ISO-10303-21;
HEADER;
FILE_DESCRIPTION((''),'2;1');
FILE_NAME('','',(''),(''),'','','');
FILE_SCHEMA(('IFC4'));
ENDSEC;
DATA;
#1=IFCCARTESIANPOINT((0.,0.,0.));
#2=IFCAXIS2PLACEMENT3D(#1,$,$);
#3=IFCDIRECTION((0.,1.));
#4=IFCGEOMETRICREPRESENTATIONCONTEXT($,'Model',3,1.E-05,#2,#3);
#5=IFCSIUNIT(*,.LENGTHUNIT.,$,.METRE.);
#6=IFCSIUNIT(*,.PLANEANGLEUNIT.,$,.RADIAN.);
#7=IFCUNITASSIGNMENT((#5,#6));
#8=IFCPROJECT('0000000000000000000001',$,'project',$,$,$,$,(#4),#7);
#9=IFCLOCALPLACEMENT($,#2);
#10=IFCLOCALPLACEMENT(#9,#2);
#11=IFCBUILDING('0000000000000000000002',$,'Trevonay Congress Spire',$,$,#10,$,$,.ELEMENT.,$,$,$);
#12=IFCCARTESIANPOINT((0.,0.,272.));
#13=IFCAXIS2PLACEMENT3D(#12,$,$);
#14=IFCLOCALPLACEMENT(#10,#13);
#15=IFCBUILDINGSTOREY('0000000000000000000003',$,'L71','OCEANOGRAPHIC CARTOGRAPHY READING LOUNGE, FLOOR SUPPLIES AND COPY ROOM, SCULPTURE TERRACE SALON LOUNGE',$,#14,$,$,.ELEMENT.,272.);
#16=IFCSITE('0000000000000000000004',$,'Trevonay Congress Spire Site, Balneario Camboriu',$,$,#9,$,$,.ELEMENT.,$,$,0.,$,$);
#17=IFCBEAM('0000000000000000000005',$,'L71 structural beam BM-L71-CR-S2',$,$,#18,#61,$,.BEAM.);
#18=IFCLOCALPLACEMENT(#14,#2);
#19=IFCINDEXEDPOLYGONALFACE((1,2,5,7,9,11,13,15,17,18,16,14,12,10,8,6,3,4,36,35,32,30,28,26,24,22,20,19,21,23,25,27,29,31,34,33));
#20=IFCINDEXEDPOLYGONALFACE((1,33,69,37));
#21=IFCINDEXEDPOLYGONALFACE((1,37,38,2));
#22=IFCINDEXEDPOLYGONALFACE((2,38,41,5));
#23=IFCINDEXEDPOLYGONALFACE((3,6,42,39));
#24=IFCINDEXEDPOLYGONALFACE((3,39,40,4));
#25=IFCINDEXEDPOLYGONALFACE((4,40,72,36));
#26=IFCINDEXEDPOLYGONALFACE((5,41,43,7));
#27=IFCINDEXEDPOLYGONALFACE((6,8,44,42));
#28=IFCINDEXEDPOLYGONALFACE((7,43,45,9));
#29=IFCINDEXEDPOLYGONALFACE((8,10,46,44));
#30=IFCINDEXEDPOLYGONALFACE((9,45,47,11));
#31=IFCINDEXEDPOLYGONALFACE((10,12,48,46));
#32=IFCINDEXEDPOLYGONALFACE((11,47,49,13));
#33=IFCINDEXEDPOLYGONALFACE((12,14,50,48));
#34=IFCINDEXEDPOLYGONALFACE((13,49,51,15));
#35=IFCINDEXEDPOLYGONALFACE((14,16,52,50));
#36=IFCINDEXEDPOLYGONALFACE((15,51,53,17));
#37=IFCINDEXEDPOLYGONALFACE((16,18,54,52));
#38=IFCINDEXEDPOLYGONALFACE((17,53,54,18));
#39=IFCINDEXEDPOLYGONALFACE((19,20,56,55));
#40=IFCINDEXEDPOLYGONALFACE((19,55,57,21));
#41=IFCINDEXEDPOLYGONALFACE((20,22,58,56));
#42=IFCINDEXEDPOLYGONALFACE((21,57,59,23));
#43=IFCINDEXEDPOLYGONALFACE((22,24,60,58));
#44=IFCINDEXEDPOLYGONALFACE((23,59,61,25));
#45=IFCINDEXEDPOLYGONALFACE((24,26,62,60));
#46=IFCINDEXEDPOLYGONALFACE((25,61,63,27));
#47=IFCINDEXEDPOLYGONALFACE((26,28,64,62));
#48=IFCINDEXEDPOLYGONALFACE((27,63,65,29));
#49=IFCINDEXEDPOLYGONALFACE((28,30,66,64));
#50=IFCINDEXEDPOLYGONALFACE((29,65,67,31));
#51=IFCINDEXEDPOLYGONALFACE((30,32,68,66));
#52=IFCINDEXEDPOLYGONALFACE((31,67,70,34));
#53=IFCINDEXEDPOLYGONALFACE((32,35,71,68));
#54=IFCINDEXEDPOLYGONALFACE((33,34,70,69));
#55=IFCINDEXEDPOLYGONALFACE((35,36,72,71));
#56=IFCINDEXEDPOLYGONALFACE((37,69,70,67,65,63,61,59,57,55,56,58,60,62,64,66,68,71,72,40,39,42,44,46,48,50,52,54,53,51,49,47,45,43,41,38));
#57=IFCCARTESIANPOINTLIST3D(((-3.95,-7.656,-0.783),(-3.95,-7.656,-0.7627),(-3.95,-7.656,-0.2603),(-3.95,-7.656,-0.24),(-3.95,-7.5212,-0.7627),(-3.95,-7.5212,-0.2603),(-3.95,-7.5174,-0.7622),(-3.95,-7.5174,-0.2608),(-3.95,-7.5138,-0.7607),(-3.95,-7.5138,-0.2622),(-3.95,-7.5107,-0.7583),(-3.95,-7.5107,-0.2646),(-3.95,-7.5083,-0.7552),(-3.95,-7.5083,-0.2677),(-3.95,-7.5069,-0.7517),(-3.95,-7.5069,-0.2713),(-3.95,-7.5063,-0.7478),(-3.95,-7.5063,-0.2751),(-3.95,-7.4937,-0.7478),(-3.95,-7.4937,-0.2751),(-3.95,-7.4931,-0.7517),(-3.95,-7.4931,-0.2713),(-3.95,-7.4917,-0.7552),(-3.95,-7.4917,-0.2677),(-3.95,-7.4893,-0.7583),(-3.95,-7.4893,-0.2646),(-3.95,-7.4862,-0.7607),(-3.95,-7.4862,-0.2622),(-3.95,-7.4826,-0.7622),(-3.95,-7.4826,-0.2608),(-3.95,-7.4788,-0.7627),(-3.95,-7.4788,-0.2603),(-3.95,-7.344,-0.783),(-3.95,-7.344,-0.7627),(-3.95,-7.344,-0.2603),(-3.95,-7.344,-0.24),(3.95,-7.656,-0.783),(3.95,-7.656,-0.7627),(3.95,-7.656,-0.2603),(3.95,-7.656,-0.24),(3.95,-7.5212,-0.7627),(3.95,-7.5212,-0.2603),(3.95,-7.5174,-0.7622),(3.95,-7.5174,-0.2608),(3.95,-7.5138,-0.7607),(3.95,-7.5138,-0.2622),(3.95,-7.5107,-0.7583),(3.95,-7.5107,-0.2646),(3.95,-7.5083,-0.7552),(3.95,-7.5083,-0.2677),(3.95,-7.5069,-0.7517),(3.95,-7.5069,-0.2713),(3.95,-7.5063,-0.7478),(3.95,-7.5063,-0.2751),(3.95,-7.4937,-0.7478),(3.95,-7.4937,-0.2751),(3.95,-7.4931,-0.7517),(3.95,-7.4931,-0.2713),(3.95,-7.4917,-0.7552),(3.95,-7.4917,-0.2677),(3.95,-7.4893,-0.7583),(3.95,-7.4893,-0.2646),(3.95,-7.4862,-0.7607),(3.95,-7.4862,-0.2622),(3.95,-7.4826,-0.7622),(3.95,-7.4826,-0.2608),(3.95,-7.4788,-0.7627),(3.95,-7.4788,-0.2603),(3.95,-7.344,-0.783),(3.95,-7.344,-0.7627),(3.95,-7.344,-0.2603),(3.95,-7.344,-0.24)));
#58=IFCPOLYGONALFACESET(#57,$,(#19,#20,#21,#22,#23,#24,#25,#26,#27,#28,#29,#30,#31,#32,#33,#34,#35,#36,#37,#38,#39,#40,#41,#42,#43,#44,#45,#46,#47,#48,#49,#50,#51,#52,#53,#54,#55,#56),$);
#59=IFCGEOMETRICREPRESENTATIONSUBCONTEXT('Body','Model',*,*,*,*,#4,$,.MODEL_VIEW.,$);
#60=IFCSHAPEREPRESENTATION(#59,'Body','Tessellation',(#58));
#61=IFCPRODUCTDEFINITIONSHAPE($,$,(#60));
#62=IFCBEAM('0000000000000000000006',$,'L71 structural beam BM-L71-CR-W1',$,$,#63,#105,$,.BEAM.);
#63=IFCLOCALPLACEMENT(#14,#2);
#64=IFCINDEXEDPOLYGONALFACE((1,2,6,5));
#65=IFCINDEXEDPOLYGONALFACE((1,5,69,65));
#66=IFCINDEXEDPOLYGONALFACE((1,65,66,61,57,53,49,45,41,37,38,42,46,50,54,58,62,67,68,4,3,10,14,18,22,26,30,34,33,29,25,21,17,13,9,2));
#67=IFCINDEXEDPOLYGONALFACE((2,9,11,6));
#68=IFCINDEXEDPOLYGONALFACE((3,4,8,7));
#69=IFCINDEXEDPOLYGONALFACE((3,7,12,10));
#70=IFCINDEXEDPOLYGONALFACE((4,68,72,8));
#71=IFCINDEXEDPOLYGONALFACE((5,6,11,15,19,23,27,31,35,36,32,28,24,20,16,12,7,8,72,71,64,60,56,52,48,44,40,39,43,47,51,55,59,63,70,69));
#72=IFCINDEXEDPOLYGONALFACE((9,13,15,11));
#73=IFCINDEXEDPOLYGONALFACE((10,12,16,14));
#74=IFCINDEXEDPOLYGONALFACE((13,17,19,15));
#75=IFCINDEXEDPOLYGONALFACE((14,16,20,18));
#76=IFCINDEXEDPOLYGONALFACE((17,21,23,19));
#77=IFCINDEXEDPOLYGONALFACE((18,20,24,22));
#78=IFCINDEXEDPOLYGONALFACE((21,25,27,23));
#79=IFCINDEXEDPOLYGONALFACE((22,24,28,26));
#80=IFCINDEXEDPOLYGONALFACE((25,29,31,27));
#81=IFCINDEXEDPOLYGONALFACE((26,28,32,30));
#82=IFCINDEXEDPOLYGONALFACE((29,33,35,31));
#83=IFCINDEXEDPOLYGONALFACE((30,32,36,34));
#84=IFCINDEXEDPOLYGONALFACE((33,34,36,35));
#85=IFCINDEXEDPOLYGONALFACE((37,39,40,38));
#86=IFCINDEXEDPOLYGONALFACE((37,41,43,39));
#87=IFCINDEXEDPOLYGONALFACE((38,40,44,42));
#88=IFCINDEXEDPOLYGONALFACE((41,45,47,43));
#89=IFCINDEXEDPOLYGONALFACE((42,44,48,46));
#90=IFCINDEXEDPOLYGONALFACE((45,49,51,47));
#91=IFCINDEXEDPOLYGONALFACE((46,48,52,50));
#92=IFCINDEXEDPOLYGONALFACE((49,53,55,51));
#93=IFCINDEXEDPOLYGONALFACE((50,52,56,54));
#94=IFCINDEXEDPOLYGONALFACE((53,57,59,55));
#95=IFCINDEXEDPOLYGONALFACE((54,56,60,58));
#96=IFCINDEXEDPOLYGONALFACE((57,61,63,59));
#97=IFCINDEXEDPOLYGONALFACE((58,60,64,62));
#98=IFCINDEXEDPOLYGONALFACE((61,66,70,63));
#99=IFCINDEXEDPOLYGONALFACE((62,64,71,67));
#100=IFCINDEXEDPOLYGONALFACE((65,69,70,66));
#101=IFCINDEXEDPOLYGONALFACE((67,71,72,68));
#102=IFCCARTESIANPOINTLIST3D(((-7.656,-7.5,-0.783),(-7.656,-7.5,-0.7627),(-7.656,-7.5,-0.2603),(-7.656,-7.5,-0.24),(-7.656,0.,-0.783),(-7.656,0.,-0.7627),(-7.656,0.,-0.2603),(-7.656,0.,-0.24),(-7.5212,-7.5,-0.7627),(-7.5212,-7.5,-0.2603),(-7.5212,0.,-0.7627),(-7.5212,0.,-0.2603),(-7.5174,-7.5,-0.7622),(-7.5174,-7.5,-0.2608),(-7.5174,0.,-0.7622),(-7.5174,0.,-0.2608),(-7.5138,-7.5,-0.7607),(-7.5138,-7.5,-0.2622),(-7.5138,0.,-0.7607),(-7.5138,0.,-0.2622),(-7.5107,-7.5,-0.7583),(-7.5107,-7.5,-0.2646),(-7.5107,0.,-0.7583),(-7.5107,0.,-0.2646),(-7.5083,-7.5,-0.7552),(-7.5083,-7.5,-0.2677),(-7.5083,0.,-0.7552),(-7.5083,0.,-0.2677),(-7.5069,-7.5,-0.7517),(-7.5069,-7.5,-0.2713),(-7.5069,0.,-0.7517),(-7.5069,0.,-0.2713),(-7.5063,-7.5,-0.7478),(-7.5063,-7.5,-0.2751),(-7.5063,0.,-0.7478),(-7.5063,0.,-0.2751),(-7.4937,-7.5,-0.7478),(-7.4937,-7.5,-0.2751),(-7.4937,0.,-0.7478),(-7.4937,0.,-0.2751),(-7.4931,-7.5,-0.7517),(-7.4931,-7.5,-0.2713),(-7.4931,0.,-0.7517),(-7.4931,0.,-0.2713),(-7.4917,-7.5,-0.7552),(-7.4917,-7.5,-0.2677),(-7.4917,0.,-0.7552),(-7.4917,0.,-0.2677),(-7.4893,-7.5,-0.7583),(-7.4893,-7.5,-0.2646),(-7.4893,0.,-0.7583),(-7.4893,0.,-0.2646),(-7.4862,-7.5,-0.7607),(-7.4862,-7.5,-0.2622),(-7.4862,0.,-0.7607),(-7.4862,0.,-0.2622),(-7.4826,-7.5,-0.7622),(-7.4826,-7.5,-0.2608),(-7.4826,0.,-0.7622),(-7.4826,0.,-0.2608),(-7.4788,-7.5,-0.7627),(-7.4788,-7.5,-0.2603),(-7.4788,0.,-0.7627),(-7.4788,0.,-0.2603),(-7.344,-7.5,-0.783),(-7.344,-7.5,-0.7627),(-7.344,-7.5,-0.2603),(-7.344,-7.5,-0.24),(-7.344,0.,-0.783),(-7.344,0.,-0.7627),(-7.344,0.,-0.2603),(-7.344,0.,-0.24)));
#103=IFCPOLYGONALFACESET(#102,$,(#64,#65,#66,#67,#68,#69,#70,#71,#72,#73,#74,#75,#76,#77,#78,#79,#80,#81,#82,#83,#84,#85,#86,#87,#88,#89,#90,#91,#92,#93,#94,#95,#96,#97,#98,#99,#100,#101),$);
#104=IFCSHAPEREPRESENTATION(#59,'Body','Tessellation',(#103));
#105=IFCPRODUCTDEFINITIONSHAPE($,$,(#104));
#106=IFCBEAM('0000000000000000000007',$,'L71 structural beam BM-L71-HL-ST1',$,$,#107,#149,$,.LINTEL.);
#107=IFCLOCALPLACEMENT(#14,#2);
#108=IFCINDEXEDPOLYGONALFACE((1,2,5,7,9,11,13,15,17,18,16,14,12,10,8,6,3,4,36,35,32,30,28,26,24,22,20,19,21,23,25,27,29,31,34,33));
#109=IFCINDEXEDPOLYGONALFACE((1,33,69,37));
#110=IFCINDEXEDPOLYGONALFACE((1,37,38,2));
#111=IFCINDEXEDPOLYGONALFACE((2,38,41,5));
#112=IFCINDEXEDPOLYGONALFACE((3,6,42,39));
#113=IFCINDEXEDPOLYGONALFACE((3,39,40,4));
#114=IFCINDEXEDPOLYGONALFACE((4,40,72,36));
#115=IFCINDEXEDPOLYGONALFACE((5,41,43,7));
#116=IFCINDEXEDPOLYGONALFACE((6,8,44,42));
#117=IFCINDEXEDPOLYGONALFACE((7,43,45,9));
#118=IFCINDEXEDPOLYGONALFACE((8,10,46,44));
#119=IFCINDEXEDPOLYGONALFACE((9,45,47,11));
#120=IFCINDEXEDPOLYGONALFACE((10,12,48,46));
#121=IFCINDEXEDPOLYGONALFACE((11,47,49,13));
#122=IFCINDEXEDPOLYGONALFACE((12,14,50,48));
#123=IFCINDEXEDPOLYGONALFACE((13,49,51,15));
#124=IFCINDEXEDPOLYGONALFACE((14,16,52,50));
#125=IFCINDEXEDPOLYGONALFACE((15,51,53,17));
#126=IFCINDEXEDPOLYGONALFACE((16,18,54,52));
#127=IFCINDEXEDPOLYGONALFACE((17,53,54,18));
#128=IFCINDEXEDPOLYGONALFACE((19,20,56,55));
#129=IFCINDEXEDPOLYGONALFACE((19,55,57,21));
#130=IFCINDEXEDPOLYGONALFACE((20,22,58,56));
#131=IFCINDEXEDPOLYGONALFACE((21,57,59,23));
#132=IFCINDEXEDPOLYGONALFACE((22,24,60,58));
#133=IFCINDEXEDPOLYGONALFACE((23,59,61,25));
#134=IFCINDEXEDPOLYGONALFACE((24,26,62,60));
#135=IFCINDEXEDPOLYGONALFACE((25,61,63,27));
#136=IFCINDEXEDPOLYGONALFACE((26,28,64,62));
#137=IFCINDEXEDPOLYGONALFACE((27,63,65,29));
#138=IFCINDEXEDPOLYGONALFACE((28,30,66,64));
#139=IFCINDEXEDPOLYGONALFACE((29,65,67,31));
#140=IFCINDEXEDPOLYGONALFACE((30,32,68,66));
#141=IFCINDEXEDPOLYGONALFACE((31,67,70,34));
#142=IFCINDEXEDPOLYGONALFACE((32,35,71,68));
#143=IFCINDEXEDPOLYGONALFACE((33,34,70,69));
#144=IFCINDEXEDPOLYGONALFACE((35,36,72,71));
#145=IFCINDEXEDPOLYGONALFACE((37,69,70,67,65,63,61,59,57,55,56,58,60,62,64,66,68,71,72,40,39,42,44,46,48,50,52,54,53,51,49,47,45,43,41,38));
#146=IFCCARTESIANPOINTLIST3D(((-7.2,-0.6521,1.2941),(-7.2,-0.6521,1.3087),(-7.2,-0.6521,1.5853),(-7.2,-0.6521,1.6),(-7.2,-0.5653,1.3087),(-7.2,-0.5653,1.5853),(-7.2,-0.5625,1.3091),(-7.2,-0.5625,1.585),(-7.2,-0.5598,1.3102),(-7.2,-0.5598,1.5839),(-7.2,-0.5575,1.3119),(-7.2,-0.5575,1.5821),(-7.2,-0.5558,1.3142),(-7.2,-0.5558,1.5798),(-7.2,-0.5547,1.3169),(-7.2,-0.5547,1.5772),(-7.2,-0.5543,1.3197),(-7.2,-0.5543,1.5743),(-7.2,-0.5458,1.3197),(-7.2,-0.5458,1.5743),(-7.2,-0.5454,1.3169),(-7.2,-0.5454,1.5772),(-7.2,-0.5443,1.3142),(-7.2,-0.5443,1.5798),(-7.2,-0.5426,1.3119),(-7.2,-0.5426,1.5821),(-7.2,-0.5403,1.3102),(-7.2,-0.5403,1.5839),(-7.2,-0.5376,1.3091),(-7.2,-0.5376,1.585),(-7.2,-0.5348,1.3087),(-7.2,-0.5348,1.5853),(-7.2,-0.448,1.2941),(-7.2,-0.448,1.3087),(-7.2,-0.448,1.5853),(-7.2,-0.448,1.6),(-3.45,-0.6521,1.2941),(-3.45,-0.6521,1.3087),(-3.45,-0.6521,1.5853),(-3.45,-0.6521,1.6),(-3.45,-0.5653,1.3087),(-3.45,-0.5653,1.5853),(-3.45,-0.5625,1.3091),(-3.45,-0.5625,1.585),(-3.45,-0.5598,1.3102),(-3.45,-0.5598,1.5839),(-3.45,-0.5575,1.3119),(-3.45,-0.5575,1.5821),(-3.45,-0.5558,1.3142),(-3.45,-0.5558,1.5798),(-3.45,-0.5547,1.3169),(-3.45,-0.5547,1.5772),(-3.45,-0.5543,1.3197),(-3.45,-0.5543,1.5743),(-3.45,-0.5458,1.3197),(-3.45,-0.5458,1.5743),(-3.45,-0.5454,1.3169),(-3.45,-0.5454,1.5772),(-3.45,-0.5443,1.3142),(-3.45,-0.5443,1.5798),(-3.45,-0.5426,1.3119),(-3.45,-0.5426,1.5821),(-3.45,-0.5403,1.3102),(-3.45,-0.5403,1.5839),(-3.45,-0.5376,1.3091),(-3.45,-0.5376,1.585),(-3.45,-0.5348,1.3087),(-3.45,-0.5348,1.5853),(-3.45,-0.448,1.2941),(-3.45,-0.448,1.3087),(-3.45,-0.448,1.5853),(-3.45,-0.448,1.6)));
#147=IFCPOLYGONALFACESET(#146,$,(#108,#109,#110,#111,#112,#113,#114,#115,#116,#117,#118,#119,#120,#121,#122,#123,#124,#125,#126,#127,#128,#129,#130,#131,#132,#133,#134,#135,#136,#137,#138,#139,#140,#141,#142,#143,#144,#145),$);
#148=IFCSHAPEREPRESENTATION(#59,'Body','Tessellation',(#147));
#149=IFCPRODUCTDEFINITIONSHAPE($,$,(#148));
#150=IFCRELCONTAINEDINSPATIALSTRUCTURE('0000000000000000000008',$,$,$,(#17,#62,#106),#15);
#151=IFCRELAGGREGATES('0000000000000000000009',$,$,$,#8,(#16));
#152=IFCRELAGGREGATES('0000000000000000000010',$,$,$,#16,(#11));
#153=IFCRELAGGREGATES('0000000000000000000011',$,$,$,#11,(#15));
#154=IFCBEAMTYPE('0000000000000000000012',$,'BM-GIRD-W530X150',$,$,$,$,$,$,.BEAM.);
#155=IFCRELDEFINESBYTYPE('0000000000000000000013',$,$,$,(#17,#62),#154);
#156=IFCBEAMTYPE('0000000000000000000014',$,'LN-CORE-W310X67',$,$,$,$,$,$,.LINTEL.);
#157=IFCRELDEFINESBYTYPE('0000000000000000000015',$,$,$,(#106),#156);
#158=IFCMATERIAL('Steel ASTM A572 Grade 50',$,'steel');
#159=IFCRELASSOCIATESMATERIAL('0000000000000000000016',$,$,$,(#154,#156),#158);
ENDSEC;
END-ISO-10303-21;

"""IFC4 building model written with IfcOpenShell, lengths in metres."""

from ifc_helpers import new_model, si_unit, direction, frame, origin, origin_2d, place, context, subcontext, project, spatial, i_section, extrude, material, material_profile, profile_set, type_object, element, save


model = new_model("IFC4")

# Units and contexts
model_context = context("Model", 3, precision=1e-05, world=origin(), true_north=direction((0.0, 1.0)))
body_context = subcontext(model_context, "Body", "Model", "MODEL_VIEW")
ifc_project = project(units=[si_unit("LENGTHUNIT", "METRE"), si_unit("PLANEANGLEUNIT", "RADIAN")], contexts=[model_context])

# Site, building, storey
site_placement = place(None, origin())
site = spatial("IfcSite", under=ifc_project, at=site_placement, Name="Trevonay Congress Spire Site, Balneario Camboriu", CompositionType="ELEMENT", RefElevation=0.0)
building_placement = place(site_placement, origin())
building = spatial("IfcBuilding", under=site, at=building_placement, Name="Trevonay Congress Spire", CompositionType="ELEMENT")
storey_placement = place(building_placement, frame((0.0, 0.0, 272.0)))
storey = spatial("IfcBuildingStorey", under=building, at=storey_placement, Name="L71", Description="OCEANOGRAPHIC CARTOGRAPHY READING LOUNGE, FLOOR SUPPLIES AND COPY ROOM, SCULPTURE TERRACE SALON LOUNGE", CompositionType="ELEMENT", Elevation=272.0)

# Shared definitions
ifc_material_1 = material(Name="Steel ASTM A572 Grade 50", Category="steel")

# Beams
ifc_material_profile_1 = material_profile(ifc_material_1, i_section(OverallWidth=0.312, OverallDepth=0.543, WebThickness=0.0127, FlangeThickness=0.0203, FilletRadius=0.0149, at=origin_2d()), Name="W530x150")
ifc_profile_set_1 = profile_set([ifc_material_profile_1], Name="Steel ASTM A572 Grade 50")
beam_type_1 = type_object("IfcBeamType", Name="BM-GIRD-W530X150", PredefinedType="BEAM", material=ifc_profile_set_1)
beam_1_placement = place(storey_placement, frame((-3.95, -7.5, -0.5115), z_axis=(1.0, 0.0, 0.0), x_axis=(0.0, 1.0, 0.0)))
element("IfcBeam", 1, at=beam_1_placement, inside=storey, type_object=beam_type_1, Name="L71 structural beam BM-L71-CR-S2", PredefinedType="BEAM", context=body_context, shape_type="SweptSolid", body=[
    extrude(i_section(OverallWidth=0.312, OverallDepth=0.543, WebThickness=0.0127, FlangeThickness=0.0203, FilletRadius=0.0149, at=origin_2d()), origin(), (0.0, 0.0, 1.0), 7.8999),
])
beam_2_placement = place(storey_placement, frame((-7.5, -7.5, -0.5115), z_axis=(0.0, 1.0, 0.0), x_axis=(-1.0, 0.0, 0.0)))
element("IfcBeam", 2, at=beam_2_placement, inside=storey, type_object=beam_type_1, Name="L71 structural beam BM-L71-CR-W1", PredefinedType="BEAM", context=body_context, shape_type="SweptSolid", body=[
    extrude(i_section(OverallWidth=0.312, OverallDepth=0.543, WebThickness=0.0127, FlangeThickness=0.0203, FilletRadius=0.0149, at=origin_2d()), origin(), (0.0, 0.0, 1.0), 7.5),
])
ifc_material_profile_2 = material_profile(ifc_material_1, i_section(OverallWidth=0.2041, OverallDepth=0.3059, WebThickness=0.0085, FlangeThickness=0.0146, FilletRadius=0.011, at=origin_2d()), Name="W310x67")
ifc_profile_set_2 = profile_set([ifc_material_profile_2], Name="Steel ASTM A572 Grade 50")
beam_type_2 = type_object("IfcBeamType", Name="LN-CORE-W310X67", PredefinedType="LINTEL", material=ifc_profile_set_2)
beam_3_placement = place(storey_placement, frame((-7.2, -0.55, 1.447), z_axis=(1.0, 0.0, 0.0), x_axis=(0.0, 1.0, 0.0)))
element("IfcBeam", 3, at=beam_3_placement, inside=storey, type_object=beam_type_2, Name="L71 structural beam BM-L71-HL-ST1", PredefinedType="LINTEL", context=body_context, shape_type="SweptSolid", body=[
    extrude(i_section(OverallWidth=0.2041, OverallDepth=0.3059, WebThickness=0.0085, FlangeThickness=0.0146, FilletRadius=0.011, at=origin_2d()), origin(), (0.0, 0.0, 1.0), 3.75),
])

save(model, "model.ifc")
